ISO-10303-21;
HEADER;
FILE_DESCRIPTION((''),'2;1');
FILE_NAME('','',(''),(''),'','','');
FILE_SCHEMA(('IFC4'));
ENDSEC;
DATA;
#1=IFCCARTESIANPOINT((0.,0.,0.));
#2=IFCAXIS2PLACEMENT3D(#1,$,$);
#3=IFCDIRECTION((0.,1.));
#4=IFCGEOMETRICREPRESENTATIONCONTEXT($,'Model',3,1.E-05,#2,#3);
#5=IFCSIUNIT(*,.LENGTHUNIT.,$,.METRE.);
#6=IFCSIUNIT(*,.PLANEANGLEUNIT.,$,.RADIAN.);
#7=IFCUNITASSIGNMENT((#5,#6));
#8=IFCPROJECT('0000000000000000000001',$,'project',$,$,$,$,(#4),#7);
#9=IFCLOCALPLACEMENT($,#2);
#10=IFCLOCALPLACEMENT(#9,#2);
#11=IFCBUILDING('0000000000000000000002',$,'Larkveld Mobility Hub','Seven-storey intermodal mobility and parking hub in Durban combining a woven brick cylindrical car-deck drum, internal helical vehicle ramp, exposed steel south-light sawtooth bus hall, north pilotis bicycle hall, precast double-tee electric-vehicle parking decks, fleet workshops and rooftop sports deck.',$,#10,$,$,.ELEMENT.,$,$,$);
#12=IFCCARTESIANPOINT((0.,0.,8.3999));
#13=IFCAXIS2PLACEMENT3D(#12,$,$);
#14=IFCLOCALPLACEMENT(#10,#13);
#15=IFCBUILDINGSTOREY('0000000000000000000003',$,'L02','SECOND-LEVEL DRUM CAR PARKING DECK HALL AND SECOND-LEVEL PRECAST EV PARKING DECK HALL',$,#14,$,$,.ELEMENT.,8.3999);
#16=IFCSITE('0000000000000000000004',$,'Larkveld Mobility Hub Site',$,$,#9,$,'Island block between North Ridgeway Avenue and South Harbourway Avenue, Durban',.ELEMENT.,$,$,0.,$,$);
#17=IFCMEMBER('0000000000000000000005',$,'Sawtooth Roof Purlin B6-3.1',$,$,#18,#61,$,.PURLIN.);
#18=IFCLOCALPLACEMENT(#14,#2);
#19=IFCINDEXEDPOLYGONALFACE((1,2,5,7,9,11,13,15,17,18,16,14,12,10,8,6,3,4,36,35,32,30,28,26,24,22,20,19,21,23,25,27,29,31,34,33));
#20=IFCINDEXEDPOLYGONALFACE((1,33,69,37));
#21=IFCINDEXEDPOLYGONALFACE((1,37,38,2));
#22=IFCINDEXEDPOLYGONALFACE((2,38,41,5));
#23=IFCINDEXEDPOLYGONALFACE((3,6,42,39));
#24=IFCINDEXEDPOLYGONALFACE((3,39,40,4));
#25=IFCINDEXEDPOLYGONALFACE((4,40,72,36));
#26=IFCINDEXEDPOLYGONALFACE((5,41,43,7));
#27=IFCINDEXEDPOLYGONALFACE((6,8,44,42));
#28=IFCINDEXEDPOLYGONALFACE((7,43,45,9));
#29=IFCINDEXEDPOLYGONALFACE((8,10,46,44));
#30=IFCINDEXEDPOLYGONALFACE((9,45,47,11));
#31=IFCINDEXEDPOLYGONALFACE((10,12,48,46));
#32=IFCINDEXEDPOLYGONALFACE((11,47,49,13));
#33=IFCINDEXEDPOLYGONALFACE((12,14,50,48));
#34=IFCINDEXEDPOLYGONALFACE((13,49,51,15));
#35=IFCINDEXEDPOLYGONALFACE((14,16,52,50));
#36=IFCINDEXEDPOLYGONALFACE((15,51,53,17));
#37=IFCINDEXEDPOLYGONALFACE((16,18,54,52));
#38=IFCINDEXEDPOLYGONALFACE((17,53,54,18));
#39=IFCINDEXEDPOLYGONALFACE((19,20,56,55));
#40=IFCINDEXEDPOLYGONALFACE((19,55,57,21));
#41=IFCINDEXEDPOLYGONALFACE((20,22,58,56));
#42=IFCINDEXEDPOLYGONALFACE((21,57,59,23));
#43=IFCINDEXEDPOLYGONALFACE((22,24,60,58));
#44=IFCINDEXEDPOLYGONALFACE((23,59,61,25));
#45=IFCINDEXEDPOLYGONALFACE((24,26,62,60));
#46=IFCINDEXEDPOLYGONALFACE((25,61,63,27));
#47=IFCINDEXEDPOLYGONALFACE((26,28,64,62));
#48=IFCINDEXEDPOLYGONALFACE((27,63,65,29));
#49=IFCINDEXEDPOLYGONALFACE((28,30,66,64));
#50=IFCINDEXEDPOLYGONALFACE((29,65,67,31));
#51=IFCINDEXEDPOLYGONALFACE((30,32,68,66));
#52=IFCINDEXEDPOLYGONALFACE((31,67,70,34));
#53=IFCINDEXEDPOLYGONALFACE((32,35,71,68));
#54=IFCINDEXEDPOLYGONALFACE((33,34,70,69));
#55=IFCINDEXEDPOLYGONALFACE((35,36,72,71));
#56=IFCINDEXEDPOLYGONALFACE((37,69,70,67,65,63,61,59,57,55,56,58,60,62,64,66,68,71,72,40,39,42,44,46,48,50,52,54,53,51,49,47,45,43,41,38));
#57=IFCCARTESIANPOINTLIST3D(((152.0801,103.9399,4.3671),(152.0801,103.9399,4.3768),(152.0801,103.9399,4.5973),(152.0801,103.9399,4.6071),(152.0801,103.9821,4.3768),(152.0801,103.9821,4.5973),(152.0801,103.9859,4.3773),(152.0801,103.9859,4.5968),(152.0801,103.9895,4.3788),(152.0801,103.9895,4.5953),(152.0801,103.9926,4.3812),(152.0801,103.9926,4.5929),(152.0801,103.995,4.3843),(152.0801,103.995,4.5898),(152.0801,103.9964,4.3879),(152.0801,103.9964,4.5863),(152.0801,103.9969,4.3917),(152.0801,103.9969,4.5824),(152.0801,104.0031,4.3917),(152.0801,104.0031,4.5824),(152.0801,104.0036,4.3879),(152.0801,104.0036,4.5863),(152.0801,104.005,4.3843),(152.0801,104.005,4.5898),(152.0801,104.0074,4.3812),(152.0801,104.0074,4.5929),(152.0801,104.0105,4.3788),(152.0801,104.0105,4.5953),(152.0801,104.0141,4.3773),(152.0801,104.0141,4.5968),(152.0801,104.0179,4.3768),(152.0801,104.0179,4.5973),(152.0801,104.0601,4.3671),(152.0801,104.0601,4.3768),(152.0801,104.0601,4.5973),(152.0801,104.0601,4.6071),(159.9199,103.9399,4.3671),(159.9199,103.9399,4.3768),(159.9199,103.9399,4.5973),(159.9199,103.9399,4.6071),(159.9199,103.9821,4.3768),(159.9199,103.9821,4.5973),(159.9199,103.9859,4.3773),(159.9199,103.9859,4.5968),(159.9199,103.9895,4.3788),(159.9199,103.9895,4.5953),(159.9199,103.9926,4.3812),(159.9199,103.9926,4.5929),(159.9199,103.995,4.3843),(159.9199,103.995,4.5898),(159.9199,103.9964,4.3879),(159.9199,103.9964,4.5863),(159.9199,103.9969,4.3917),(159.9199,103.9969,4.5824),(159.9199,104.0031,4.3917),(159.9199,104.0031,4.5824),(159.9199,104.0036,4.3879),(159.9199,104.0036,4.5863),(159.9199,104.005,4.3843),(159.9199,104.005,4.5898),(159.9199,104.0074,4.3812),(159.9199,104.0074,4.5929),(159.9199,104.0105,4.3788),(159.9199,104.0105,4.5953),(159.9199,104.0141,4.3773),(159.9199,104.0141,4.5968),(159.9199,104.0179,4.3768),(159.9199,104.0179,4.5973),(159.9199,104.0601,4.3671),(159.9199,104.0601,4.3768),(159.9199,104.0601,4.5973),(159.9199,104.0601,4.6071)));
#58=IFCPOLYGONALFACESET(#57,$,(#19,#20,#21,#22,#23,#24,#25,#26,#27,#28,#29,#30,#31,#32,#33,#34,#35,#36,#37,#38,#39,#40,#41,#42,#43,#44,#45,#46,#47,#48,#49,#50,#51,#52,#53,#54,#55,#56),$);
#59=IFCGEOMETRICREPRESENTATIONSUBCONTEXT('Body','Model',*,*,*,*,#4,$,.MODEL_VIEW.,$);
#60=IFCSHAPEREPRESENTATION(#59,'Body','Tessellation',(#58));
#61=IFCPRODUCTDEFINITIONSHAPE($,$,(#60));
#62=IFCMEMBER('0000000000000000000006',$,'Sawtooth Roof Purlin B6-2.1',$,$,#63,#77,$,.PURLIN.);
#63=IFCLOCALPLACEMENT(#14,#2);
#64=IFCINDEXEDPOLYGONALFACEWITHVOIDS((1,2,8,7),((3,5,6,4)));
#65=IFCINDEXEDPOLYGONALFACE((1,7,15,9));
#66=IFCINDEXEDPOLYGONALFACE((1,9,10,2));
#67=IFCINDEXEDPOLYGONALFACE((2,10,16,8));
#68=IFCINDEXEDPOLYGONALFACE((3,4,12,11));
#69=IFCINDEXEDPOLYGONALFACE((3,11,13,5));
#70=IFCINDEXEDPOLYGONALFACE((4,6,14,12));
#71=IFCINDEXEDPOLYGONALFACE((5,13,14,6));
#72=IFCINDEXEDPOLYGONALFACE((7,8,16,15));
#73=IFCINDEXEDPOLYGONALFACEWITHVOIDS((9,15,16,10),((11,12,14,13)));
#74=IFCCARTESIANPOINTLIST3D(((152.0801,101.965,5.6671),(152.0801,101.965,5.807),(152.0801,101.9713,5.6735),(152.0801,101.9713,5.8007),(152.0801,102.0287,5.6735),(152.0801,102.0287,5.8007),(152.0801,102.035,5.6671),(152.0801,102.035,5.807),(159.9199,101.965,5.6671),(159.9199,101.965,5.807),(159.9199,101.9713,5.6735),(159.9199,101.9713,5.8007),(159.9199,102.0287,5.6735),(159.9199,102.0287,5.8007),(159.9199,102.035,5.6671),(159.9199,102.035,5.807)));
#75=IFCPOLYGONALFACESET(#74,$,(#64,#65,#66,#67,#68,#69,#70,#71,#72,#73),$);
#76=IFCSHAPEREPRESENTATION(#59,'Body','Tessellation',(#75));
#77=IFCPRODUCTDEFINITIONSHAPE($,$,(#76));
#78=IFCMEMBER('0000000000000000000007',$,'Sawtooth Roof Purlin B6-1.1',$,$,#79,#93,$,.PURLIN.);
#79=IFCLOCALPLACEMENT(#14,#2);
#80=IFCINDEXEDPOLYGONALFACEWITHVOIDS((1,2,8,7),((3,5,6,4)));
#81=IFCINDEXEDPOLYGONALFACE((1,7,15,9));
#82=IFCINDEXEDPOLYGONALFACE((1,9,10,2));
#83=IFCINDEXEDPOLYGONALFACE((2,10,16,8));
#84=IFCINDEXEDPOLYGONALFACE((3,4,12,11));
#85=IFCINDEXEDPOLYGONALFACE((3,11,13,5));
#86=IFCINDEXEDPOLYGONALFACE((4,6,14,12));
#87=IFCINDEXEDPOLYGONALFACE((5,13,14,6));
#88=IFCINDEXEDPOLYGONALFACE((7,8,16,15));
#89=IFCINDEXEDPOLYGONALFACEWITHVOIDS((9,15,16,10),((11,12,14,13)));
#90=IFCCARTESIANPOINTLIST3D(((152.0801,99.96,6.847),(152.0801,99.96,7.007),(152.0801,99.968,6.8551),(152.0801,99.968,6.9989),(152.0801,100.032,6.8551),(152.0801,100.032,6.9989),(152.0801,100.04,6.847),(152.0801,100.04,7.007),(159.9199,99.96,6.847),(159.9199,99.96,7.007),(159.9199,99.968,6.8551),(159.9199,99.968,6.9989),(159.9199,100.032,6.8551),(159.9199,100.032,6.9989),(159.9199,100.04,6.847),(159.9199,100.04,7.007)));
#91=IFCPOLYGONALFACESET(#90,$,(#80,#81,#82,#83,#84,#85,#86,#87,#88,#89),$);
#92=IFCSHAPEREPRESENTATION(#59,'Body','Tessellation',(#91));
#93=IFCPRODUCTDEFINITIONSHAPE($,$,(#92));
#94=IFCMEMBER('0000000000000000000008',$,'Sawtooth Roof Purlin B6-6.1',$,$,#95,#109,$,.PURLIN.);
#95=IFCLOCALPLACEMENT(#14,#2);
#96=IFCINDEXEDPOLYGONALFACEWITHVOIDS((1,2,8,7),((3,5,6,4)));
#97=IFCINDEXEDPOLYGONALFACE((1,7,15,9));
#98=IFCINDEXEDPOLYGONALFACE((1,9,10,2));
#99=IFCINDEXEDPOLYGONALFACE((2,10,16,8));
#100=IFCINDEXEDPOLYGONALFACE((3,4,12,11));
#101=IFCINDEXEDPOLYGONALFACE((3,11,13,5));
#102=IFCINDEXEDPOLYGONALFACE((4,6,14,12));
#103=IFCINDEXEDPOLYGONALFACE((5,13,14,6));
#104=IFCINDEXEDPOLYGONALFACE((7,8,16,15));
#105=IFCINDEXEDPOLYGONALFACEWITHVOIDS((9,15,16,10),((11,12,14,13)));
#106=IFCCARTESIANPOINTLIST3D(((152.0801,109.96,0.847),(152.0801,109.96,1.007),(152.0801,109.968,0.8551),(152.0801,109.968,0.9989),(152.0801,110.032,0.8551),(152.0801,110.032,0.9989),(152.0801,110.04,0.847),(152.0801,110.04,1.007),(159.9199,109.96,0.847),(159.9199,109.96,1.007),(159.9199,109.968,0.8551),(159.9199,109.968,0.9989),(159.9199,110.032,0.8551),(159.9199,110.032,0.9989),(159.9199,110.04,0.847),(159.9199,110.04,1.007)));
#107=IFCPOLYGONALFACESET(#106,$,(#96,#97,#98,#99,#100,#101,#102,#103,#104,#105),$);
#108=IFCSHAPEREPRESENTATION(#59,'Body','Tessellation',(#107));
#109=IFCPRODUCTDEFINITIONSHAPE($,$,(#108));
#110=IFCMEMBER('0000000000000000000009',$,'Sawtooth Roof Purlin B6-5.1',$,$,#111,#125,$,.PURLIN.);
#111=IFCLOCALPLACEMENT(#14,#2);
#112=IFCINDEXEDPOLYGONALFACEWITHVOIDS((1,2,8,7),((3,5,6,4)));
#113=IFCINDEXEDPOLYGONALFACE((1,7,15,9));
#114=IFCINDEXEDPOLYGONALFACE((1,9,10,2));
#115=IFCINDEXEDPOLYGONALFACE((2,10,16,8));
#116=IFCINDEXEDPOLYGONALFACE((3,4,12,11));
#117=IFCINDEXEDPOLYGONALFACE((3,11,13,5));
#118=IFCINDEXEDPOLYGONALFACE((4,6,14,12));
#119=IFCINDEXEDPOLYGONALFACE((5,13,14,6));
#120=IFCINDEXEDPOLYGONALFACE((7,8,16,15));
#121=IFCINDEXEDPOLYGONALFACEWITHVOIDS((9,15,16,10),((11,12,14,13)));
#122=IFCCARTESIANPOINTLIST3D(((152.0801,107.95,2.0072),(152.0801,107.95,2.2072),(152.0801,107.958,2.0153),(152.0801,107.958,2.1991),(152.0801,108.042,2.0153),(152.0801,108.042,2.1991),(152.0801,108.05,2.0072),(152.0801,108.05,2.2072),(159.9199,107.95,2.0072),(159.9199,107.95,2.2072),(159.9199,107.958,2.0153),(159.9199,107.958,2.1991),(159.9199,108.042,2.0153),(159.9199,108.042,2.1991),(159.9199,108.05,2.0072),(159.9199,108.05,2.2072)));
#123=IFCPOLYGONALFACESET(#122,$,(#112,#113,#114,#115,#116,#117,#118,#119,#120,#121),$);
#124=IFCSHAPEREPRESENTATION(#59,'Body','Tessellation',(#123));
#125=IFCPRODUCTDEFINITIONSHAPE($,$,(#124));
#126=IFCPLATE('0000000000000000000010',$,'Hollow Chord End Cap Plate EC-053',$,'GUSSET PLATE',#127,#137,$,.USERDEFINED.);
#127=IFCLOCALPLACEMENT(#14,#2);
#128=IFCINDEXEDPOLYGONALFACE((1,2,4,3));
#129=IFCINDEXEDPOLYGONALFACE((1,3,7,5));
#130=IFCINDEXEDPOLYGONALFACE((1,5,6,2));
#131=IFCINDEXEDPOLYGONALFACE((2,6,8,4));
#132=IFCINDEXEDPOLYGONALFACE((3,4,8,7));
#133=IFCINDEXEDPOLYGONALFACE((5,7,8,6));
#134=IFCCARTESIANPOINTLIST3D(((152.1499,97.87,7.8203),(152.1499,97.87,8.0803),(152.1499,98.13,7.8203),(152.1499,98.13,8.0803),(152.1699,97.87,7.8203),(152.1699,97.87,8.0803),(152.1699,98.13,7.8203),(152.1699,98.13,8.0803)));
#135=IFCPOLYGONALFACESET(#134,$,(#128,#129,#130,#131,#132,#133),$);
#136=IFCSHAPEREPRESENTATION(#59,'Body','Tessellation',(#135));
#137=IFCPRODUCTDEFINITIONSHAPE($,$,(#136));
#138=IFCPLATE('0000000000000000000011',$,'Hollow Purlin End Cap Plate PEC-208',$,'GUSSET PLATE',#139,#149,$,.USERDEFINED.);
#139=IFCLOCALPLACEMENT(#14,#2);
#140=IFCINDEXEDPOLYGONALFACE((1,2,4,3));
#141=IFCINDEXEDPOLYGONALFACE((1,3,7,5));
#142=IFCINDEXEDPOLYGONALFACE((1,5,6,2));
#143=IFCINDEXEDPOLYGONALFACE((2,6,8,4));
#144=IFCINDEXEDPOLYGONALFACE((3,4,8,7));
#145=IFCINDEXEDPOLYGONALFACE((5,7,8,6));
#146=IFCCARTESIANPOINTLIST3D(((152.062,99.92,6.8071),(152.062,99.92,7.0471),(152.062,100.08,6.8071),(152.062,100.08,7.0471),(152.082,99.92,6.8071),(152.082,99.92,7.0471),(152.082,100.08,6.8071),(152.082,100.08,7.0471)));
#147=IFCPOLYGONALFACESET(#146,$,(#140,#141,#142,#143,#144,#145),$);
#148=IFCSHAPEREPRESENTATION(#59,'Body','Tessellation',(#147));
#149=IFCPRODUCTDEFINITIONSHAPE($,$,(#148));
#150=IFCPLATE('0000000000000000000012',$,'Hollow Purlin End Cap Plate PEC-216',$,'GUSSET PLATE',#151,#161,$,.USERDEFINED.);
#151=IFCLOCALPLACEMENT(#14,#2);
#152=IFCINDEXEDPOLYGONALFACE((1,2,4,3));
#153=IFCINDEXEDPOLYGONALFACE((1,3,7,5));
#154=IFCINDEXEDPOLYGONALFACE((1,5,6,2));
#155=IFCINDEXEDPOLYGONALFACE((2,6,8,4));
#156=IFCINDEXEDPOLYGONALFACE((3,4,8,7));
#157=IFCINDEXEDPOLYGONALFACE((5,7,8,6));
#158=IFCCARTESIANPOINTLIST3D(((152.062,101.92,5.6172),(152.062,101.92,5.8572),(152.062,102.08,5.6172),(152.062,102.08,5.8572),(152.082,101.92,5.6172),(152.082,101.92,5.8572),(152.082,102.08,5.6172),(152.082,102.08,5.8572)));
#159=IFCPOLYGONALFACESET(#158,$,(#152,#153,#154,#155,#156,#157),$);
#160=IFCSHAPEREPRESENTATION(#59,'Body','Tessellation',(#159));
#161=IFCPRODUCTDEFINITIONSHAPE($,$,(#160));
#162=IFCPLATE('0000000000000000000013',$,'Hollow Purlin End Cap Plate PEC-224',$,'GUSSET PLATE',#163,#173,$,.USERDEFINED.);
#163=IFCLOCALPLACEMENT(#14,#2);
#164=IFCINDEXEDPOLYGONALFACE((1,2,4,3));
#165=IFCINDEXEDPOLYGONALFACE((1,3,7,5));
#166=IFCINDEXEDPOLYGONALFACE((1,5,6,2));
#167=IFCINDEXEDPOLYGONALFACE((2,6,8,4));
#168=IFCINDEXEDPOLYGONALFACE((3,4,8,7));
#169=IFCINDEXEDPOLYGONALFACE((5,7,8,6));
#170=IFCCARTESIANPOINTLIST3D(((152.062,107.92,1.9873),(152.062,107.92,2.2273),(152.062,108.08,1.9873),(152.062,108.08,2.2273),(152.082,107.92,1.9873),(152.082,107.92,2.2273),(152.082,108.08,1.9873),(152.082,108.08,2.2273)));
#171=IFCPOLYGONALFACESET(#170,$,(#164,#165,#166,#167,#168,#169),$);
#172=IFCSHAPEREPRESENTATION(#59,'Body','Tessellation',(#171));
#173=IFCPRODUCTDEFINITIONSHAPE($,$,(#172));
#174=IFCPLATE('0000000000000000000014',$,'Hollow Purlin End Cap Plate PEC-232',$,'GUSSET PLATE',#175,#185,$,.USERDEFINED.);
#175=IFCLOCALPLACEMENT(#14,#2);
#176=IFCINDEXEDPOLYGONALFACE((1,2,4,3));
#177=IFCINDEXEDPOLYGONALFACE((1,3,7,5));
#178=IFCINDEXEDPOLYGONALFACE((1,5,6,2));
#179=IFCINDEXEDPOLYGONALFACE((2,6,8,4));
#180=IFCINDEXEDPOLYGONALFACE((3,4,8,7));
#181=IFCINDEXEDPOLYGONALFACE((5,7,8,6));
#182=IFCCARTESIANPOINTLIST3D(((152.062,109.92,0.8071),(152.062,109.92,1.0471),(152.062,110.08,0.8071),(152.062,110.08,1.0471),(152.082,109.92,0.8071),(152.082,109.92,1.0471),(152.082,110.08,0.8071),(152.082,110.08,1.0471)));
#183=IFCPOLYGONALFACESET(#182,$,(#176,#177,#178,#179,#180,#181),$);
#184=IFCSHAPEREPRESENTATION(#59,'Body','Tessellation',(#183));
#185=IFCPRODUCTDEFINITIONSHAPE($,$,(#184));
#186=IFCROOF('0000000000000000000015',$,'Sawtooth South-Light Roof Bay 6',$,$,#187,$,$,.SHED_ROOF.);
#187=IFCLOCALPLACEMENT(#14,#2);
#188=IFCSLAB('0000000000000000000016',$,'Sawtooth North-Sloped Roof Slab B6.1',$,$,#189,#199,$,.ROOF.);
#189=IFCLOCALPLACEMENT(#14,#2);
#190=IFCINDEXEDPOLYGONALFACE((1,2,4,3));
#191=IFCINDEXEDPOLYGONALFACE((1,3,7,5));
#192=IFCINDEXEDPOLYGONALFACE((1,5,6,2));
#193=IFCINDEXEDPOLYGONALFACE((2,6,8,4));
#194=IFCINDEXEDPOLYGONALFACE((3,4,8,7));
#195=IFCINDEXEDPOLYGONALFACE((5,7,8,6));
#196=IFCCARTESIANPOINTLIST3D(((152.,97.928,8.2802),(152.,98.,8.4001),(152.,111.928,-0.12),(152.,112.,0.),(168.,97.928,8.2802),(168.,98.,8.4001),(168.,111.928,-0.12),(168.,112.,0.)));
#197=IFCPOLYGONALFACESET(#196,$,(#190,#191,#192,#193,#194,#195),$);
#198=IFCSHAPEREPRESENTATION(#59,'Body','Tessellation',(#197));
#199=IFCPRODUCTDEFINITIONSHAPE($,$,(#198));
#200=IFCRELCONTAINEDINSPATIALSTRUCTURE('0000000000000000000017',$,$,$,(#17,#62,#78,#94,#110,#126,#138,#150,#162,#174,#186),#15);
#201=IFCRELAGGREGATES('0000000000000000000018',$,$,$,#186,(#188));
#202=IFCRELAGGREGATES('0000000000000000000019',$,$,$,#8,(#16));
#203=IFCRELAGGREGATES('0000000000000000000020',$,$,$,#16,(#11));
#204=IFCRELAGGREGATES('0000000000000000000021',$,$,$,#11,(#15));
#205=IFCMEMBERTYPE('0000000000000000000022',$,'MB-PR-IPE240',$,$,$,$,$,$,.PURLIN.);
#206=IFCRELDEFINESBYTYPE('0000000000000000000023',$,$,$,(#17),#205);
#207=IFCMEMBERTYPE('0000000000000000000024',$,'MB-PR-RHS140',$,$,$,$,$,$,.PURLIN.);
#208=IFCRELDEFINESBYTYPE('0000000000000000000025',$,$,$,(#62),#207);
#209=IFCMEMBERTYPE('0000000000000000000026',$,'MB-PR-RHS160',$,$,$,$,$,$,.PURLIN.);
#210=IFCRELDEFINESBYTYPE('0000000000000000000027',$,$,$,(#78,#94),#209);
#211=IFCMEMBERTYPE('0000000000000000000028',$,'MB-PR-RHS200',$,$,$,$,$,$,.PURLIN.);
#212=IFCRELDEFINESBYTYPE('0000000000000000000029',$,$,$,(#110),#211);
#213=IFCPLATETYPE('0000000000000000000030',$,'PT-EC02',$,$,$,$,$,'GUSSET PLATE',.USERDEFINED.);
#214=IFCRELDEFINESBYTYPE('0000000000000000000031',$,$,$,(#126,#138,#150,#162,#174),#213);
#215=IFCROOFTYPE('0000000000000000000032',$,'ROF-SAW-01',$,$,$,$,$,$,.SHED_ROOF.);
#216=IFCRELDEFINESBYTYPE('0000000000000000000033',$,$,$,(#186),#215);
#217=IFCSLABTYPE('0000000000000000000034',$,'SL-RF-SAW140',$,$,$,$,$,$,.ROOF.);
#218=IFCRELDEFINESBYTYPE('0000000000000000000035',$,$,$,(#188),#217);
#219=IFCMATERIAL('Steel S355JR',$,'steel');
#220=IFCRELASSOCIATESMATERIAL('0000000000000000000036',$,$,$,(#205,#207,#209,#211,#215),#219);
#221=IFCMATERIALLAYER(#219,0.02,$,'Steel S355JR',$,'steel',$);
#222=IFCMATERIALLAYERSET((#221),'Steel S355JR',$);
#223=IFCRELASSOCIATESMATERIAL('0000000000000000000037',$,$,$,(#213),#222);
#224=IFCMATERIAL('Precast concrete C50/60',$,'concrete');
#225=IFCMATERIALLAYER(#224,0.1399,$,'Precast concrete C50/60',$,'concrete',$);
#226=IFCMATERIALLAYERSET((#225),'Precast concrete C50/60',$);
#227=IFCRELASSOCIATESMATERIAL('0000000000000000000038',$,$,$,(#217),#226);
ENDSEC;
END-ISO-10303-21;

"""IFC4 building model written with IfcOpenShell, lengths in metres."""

from ifc_helpers import new_model, si_unit, direction, frame, origin, origin_2d, place, context, subcontext, project, spatial, polyline, rectangle, hollow_rectangle, i_section, outline, extrude, material, layer, layer_set, material_profile, profile_set, type_object, element, aggregate, save


model = new_model("IFC4")

# Units and contexts
model_context = context("Model", 3, precision=1e-05, world=origin(), true_north=direction((0.0, 1.0)))
body_context = subcontext(model_context, "Body", "Model", "MODEL_VIEW")
ifc_project = project(units=[si_unit("LENGTHUNIT", "METRE"), si_unit("PLANEANGLEUNIT", "RADIAN")], contexts=[model_context])

# Site, building, storey
site_placement = place(None, origin())
site = spatial("IfcSite", under=ifc_project, at=site_placement, Name="Larkveld Mobility Hub Site", LongName="Island block between North Ridgeway Avenue and South Harbourway Avenue, Durban", CompositionType="ELEMENT", RefElevation=0.0)
building_placement = place(site_placement, origin())
building = spatial("IfcBuilding", under=site, at=building_placement, Name="Larkveld Mobility Hub", Description="Seven-storey intermodal mobility and parking hub in Durban combining a woven brick cylindrical car-deck drum, internal helical vehicle ramp, exposed steel south-light sawtooth bus hall, north pilotis bicycle hall, precast double-tee electric-vehicle parking decks, fleet workshops and rooftop sports deck.", CompositionType="ELEMENT")
storey_placement = place(building_placement, frame((0.0, 0.0, 8.3999)))
storey = spatial("IfcBuildingStorey", under=building, at=storey_placement, Name="L02", Description="SECOND-LEVEL DRUM CAR PARKING DECK HALL AND SECOND-LEVEL PRECAST EV PARKING DECK HALL", CompositionType="ELEMENT", Elevation=8.3999)

# Shared definitions
ifc_material_1 = material(Name="Steel S355JR", Category="steel")

# Members
ifc_material_profile_1 = material_profile(ifc_material_1, i_section(OverallWidth=0.1201, OverallDepth=0.24, WebThickness=0.0061, FlangeThickness=0.0098, FilletRadius=0.0149, at=origin_2d()), Name="IPE 240")
ifc_profile_set_1 = profile_set([ifc_material_profile_1], Name="Steel S355JR")
member_type_1 = type_object("IfcMemberType", Name="MB-PR-IPE240", PredefinedType="PURLIN", material=ifc_profile_set_1)
member_1_placement = place(storey_placement, frame((152.0801, 104.0, 4.4871), z_axis=(1.0, 0.0, 0.0), x_axis=(0.0, 1.0, 0.0)))
element("IfcMember", 1, at=member_1_placement, inside=storey, type_object=member_type_1, Name="Sawtooth Roof Purlin B6-3.1", PredefinedType="PURLIN", context=body_context, shape_type="SweptSolid", body=[
    extrude(i_section(OverallWidth=0.1201, OverallDepth=0.24, WebThickness=0.0061, FlangeThickness=0.0098, FilletRadius=0.0149, at=origin_2d()), origin(), (0.0, 0.0, 1.0), 7.8398),
])
ifc_material_profile_2 = material_profile(ifc_material_1, hollow_rectangle(XDim=0.0701, YDim=0.1399, WallThickness=0.0063, at=origin_2d()), Name="RHS 140x70x6.3")
ifc_profile_set_2 = profile_set([ifc_material_profile_2], Name="Steel S355JR")
member_type_2 = type_object("IfcMemberType", Name="MB-PR-RHS140", PredefinedType="PURLIN", material=ifc_profile_set_2)
member_2_placement = place(storey_placement, frame((152.0801, 102.0, 5.7371), z_axis=(1.0, 0.0, 0.0), x_axis=(0.0, 1.0, 0.0)))
element("IfcMember", 2, at=member_2_placement, inside=storey, type_object=member_type_2, Name="Sawtooth Roof Purlin B6-2.1", PredefinedType="PURLIN", context=body_context, shape_type="SweptSolid", body=[
    extrude(hollow_rectangle(XDim=0.0701, YDim=0.1399, WallThickness=0.0063, at=origin_2d()), origin(), (0.0, 0.0, 1.0), 7.8398),
])
ifc_material_profile_3 = material_profile(ifc_material_1, hollow_rectangle(XDim=0.0801, YDim=0.1599, WallThickness=0.0081, at=origin_2d()), Name="RHS 160x80x8")
ifc_profile_set_3 = profile_set([ifc_material_profile_3], Name="Steel S355JR")
member_type_3 = type_object("IfcMemberType", Name="MB-PR-RHS160", PredefinedType="PURLIN", material=ifc_profile_set_3)
for number, where, z_axis, x_axis, name in (
    (3, (152.0801, 100.0, 6.927), (1.0, 0.0, 0.0), (0.0, 1.0, 0.0), "Sawtooth Roof Purlin B6-1.1"),
    (4, (152.0801, 110.0, 0.927), (1.0, 0.0, 0.0), (0.0, 1.0, 0.0), "Sawtooth Roof Purlin B6-6.1"),
):
    element("IfcMember", number, at=place(storey_placement, frame(where, z_axis=z_axis, x_axis=x_axis)), inside=storey, type_object=member_type_3, Name=name, PredefinedType="PURLIN", context=body_context, shape_type="SweptSolid", body=[
        extrude(hollow_rectangle(XDim=0.0801, YDim=0.1599, WallThickness=0.0081, at=origin_2d()), origin(), (0.0, 0.0, 1.0), 7.8398),
    ])
ifc_material_profile_4 = material_profile(ifc_material_1, hollow_rectangle(XDim=0.1001, YDim=0.2, WallThickness=0.0081, at=origin_2d()), Name="RHS 200x100x8")
ifc_profile_set_4 = profile_set([ifc_material_profile_4], Name="Steel S355JR")
member_type_4 = type_object("IfcMemberType", Name="MB-PR-RHS200", PredefinedType="PURLIN", material=ifc_profile_set_4)
member_3_placement = place(storey_placement, frame((152.0801, 108.0, 2.1072), z_axis=(1.0, 0.0, 0.0), x_axis=(0.0, 1.0, 0.0)))
element("IfcMember", 5, at=member_3_placement, inside=storey, type_object=member_type_4, Name="Sawtooth Roof Purlin B6-5.1", PredefinedType="PURLIN", context=body_context, shape_type="SweptSolid", body=[
    extrude(hollow_rectangle(XDim=0.1001, YDim=0.2, WallThickness=0.0081, at=origin_2d()), origin(), (0.0, 0.0, 1.0), 7.8398),
])

# Plates
ifc_layer_1 = layer(ifc_material_1, 0.02, Name="Steel S355JR", Category="steel")
ifc_layer_set_1 = layer_set([ifc_layer_1], Name="Steel S355JR")
plate_type = type_object("IfcPlateType", Name="PT-EC02", ElementType="GUSSET PLATE", PredefinedType="USERDEFINED", material=ifc_layer_set_1)
plate_placement = place(storey_placement, frame((152.1599, 98.0, 7.8203), z_axis=(0.0, 0.0, 1.0), x_axis=(1.0, 0.0, 0.0)))
element("IfcPlate", 6, at=plate_placement, inside=storey, type_object=plate_type, Name="Hollow Chord End Cap Plate EC-053", ObjectType="GUSSET PLATE", PredefinedType="USERDEFINED", context=body_context, shape_type="SweptSolid", body=[
    extrude(rectangle(XDim=0.02, YDim=0.26, at=origin_2d()), origin(), (0.0, 0.0, 1.0), 0.26),
])
for number, where, z_axis, x_axis, name in (
    (7, (152.072, 100.0, 6.8071), (0.0, 0.0, 1.0), (1.0, 0.0, 0.0), "Hollow Purlin End Cap Plate PEC-208"),
    (8, (152.072, 102.0, 5.6172), (0.0, 0.0, 1.0), (1.0, 0.0, 0.0), "Hollow Purlin End Cap Plate PEC-216"),
    (9, (152.072, 108.0, 1.9873), (0.0, 0.0, 1.0), (1.0, 0.0, 0.0), "Hollow Purlin End Cap Plate PEC-224"),
    (10, (152.072, 110.0, 0.8071), (0.0, 0.0, 1.0), (1.0, 0.0, 0.0), "Hollow Purlin End Cap Plate PEC-232"),
):
    element("IfcPlate", number, at=place(storey_placement, frame(where, z_axis=z_axis, x_axis=x_axis)), inside=storey, type_object=plate_type, Name=name, ObjectType="GUSSET PLATE", PredefinedType="USERDEFINED", context=body_context, shape_type="SweptSolid", body=[
        extrude(rectangle(XDim=0.02, YDim=0.1599, at=origin_2d()), origin(), (0.0, 0.0, 1.0), 0.24),
    ])

# Roof, slab
roof_type = type_object("IfcRoofType", Name="ROF-SAW-01", PredefinedType="SHED_ROOF", material=ifc_material_1)
roof_placement = place(storey_placement, origin())
roof = element("IfcRoof", 11, at=roof_placement, inside=storey, type_object=roof_type, Name="Sawtooth South-Light Roof Bay 6", PredefinedType="SHED_ROOF")
ifc_material_2 = material(Name="Precast concrete C50/60", Category="concrete")
ifc_layer_2 = layer(ifc_material_2, 0.1399, Name="Precast concrete C50/60", Category="concrete")
ifc_layer_set_2 = layer_set([ifc_layer_2], Name="Precast concrete C50/60")
slab_type = type_object("IfcSlabType", Name="SL-RF-SAW140", PredefinedType="ROOF", material=ifc_layer_set_2)
slab_placement = place(storey_placement, frame((152.0, 98.0, 8.4001), z_axis=(0.0, 0.514502, 0.857489), x_axis=(1.0, 0.0, 0.0)))
slab = element("IfcSlab", 12, at=slab_placement, type_object=slab_type, Name="Sawtooth North-Sloped Roof Slab B6.1", PredefinedType="ROOF", context=body_context, shape_type="SweptSolid", body=[
    extrude(outline(polyline([(0.0, 0.0), (16.0, 0.0), (16.0, 16.3267), (0.0, 16.3267), (0.0, 0.0)])), origin(), (0.0, 0.0, -1.0), 0.1399),
])
aggregate(roof, [slab])

save(model, "model.ifc")
